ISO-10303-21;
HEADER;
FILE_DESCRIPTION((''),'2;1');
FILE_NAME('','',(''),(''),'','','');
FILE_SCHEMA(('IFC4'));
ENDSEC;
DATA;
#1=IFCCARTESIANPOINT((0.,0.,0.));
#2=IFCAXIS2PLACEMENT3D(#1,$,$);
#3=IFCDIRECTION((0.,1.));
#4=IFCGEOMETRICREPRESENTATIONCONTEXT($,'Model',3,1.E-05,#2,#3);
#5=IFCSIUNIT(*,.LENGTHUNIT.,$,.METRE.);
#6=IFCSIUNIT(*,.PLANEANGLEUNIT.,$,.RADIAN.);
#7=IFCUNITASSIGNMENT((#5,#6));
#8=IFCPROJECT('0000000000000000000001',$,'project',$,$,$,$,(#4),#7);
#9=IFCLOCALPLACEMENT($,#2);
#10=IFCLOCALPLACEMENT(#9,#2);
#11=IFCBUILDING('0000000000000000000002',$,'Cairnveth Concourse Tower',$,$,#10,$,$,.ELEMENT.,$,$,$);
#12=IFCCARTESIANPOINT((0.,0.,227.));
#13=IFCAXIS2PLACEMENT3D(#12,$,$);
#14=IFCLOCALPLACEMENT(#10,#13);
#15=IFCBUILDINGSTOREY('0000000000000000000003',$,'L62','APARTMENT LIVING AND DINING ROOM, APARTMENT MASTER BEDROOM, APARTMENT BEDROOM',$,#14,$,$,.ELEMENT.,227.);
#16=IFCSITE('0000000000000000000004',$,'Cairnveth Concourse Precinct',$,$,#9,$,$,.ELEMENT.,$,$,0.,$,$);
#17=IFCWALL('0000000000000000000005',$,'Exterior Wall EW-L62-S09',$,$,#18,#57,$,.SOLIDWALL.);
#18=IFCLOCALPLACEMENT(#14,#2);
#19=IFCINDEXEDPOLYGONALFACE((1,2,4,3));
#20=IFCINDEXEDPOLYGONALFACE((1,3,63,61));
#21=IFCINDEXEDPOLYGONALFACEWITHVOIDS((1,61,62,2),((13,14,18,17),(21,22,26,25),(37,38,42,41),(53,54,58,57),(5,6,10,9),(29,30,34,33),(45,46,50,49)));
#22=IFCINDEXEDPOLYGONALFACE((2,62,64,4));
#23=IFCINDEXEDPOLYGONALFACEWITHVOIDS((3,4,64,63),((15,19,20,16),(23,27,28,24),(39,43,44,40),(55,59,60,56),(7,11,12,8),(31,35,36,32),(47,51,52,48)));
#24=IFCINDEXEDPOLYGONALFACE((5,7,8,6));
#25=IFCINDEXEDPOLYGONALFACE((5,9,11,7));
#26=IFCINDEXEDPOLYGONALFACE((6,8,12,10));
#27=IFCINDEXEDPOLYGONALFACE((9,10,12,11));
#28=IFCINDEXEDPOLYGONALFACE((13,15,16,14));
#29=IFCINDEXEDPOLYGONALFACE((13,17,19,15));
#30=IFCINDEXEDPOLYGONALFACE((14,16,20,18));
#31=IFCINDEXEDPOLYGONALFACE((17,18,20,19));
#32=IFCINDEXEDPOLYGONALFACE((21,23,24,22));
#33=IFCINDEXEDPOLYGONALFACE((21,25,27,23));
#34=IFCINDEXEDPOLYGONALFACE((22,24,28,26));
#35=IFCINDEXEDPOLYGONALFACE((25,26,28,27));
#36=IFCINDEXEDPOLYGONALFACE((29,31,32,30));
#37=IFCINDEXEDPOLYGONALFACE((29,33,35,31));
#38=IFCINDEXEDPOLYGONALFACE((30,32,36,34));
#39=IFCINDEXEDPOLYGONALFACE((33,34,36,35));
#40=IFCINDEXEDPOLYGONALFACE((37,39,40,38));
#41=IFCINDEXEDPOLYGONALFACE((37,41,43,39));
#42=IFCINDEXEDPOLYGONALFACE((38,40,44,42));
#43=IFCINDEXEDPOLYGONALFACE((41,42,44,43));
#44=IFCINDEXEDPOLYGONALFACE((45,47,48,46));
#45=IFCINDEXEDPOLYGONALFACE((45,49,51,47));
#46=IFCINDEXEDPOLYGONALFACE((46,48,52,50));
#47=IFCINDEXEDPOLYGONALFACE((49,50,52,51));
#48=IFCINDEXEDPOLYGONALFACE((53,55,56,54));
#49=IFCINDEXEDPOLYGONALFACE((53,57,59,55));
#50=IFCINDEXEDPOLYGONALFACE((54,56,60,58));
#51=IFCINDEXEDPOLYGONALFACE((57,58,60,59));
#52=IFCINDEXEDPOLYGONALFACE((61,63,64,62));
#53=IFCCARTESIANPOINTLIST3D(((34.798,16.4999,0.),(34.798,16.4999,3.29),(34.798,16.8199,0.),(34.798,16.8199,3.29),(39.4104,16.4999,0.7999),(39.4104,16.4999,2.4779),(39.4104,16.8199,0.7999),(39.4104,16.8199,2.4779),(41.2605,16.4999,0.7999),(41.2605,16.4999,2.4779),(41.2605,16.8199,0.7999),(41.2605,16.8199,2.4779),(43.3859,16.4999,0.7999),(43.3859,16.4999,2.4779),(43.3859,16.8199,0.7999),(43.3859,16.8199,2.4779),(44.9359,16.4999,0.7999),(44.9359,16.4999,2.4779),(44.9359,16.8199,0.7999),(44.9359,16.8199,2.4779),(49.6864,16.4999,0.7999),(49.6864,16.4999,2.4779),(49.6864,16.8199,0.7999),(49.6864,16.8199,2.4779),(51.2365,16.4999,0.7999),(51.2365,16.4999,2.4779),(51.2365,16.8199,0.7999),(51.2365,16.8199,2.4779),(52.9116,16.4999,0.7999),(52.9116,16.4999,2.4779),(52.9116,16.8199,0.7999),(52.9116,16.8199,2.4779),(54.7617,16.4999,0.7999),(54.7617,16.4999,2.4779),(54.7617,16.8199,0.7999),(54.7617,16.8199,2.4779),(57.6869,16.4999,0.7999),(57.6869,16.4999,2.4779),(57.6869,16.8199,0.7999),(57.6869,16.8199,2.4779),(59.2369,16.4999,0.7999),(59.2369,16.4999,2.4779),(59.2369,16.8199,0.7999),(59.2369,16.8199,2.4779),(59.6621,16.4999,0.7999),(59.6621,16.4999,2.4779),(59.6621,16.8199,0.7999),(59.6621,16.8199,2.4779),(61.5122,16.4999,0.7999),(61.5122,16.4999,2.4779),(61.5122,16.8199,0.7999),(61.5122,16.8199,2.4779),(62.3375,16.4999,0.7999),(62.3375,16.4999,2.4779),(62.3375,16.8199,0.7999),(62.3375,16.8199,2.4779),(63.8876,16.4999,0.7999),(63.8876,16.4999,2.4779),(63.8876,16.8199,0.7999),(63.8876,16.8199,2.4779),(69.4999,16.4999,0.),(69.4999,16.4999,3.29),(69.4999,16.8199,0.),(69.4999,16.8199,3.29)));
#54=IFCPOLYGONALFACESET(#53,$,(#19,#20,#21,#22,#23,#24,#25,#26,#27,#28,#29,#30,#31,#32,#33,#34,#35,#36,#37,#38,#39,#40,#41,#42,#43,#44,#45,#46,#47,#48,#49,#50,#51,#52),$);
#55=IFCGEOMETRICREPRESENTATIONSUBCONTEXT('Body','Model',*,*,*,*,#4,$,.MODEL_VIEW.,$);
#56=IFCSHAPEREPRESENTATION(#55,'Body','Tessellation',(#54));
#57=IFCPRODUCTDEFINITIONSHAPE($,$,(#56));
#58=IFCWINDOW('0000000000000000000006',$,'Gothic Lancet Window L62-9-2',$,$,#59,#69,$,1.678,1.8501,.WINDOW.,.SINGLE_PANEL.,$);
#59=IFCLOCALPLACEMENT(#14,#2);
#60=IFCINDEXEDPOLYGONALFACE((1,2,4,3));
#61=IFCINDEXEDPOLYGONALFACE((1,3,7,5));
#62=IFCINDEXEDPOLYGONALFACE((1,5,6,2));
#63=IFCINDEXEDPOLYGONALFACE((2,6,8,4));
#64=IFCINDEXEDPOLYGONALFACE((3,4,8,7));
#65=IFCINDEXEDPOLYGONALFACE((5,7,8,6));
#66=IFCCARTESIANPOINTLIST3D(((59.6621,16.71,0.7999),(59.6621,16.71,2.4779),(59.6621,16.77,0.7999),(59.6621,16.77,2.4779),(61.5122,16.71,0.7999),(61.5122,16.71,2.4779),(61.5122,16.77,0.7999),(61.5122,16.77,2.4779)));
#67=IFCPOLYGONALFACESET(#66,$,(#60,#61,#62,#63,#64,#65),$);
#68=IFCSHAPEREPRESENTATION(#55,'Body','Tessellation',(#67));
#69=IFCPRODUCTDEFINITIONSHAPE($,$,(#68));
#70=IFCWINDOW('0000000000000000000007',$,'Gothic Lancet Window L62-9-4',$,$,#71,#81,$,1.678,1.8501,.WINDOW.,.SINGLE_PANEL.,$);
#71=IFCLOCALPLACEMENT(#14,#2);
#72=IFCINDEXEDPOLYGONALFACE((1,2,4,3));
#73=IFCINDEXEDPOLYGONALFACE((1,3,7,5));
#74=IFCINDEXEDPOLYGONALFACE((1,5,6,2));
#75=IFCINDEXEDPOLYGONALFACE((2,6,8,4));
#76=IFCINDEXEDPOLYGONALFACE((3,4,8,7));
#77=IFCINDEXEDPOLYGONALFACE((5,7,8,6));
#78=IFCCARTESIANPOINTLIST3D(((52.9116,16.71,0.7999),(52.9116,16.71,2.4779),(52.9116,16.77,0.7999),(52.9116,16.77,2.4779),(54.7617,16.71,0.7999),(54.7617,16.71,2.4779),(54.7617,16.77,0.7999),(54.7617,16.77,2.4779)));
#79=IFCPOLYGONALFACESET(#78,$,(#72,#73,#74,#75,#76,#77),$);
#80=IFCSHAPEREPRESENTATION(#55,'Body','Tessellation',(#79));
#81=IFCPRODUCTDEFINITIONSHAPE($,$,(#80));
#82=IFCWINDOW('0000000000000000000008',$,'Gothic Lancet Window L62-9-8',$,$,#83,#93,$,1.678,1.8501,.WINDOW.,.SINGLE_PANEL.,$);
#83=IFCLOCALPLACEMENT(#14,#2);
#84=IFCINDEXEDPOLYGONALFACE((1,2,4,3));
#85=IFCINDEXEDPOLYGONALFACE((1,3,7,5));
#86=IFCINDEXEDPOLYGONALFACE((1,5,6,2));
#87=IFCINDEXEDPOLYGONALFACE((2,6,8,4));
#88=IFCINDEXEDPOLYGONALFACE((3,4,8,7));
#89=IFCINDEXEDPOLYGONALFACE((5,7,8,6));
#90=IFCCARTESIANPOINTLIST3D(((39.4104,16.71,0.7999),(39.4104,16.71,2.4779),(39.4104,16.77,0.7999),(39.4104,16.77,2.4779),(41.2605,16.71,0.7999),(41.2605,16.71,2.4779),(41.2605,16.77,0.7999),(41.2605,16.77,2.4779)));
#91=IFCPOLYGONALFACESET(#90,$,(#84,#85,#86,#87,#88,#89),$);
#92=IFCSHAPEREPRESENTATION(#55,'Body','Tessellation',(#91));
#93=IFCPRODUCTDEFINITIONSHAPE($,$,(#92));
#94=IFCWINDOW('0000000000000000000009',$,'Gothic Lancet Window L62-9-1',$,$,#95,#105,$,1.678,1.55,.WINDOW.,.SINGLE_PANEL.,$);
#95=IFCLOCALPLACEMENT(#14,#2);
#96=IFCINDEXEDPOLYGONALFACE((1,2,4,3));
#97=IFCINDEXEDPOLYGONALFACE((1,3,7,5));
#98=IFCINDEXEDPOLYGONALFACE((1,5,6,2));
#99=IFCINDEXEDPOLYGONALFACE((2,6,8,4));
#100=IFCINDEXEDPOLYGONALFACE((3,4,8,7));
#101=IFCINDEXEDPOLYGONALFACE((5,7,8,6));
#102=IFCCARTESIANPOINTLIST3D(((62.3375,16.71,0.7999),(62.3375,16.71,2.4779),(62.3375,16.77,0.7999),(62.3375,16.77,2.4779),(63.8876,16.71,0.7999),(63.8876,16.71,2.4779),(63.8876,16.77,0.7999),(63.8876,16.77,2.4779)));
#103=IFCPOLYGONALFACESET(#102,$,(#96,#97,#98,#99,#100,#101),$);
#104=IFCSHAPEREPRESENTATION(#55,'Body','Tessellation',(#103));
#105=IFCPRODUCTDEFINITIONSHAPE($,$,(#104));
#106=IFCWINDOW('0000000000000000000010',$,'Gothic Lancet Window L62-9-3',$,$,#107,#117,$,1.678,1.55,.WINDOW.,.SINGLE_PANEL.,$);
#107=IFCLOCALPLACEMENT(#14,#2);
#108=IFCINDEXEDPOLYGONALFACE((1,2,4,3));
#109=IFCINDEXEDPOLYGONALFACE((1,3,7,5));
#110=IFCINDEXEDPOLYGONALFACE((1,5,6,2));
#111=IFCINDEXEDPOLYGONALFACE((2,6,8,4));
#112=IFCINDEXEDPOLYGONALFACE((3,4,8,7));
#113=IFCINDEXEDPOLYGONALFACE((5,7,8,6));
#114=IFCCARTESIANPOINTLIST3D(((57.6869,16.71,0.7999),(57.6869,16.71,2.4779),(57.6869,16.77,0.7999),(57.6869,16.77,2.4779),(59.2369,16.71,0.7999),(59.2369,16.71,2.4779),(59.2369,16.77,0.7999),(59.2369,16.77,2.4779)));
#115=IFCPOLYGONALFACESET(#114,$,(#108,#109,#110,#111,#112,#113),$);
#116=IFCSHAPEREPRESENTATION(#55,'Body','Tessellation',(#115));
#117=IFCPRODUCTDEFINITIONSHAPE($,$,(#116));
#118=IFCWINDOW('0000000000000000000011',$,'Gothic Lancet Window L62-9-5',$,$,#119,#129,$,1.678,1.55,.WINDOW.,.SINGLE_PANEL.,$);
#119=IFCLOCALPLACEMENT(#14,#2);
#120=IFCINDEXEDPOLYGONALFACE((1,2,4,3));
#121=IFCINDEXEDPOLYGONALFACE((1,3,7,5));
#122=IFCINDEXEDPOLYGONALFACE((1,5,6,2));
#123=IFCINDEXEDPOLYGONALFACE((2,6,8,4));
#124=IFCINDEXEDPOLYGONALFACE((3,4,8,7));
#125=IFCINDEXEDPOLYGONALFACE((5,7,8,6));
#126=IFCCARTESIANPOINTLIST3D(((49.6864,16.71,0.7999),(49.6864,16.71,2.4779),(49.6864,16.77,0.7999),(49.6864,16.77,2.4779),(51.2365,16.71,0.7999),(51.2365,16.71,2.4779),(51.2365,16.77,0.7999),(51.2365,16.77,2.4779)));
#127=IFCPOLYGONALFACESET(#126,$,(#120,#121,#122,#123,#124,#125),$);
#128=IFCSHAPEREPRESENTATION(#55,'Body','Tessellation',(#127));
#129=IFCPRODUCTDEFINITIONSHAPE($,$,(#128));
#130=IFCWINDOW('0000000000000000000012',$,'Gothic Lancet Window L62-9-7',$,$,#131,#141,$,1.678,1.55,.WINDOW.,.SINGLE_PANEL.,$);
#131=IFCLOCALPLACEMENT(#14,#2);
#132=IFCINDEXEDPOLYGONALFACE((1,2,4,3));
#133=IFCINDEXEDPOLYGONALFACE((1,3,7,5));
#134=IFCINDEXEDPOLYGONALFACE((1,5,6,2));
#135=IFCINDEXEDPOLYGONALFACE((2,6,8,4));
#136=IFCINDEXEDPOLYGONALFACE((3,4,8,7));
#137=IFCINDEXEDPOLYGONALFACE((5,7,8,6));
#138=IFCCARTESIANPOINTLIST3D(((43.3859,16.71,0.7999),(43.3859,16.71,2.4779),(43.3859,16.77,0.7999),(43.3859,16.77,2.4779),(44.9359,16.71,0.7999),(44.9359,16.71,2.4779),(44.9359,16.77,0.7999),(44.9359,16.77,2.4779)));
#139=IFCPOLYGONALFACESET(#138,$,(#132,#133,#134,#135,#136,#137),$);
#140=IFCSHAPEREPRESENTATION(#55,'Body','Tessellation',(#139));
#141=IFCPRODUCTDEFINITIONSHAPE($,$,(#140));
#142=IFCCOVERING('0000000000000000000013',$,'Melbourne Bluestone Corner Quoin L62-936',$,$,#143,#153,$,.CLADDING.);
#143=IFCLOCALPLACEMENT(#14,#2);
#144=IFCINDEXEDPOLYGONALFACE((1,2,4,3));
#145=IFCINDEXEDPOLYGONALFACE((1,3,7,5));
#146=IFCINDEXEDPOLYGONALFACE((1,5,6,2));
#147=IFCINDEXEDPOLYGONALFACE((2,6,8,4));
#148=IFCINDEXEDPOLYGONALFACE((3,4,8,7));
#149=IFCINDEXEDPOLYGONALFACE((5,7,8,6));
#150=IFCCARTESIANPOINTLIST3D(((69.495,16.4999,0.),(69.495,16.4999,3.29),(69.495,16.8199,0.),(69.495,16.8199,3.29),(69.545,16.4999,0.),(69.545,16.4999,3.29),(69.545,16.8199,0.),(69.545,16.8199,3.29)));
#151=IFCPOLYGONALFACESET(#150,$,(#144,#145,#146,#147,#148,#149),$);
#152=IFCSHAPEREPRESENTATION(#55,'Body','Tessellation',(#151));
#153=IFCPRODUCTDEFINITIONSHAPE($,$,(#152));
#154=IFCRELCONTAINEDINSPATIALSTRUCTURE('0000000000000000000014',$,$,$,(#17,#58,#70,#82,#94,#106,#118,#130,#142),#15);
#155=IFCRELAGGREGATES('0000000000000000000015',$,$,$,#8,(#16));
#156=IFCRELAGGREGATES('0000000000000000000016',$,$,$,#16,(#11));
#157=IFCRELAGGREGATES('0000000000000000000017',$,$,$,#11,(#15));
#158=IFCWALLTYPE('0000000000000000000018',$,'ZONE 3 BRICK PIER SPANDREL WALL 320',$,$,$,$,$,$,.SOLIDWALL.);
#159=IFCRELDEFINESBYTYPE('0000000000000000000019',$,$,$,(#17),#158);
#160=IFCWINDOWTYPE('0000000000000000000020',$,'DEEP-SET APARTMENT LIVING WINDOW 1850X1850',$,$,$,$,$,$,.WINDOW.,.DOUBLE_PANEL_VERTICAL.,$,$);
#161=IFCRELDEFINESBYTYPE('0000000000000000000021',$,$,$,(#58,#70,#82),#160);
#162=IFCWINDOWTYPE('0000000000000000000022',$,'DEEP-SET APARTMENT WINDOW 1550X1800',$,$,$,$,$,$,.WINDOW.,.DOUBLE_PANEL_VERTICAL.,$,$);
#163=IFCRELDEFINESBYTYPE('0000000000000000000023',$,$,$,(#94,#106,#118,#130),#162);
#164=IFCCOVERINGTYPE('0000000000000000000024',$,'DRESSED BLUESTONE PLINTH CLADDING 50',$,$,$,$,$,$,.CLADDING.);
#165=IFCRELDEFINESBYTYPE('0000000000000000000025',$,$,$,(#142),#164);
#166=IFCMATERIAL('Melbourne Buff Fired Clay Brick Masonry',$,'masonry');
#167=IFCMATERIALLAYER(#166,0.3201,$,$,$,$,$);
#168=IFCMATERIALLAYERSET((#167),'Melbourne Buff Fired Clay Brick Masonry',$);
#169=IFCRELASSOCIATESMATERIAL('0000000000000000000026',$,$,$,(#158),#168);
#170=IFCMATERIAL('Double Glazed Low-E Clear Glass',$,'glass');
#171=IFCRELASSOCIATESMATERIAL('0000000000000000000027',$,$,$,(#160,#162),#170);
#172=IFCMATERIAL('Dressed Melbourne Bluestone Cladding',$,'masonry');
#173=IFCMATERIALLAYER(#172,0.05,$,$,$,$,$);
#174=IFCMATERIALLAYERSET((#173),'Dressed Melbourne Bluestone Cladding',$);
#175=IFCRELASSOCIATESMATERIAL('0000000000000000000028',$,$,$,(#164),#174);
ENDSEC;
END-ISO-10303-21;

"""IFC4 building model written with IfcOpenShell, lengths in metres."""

from ifc_helpers import new_model, si_unit, direction, frame, frame_2d, origin, place, context, subcontext, project, spatial, rectangle, extrude, material, layer, layer_set, type_object, element, fill, save


model = new_model("IFC4")

# Units and contexts
model_context = context("Model", 3, precision=1e-05, world=origin(), true_north=direction((0.0, 1.0)))
body_context = subcontext(model_context, "Body", "Model", "MODEL_VIEW")
ifc_project = project(units=[si_unit("LENGTHUNIT", "METRE"), si_unit("PLANEANGLEUNIT", "RADIAN")], contexts=[model_context])

# Site, building, storey
site_placement = place(None, origin())
site = spatial("IfcSite", under=ifc_project, at=site_placement, Name="Cairnveth Concourse Precinct", CompositionType="ELEMENT", RefElevation=0.0)
building_placement = place(site_placement, origin())
building = spatial("IfcBuilding", under=site, at=building_placement, Name="Cairnveth Concourse Tower", CompositionType="ELEMENT")
storey_placement = place(building_placement, frame((0.0, 0.0, 227.0)))
storey = spatial("IfcBuildingStorey", under=building, at=storey_placement, Name="L62", Description="APARTMENT LIVING AND DINING ROOM, APARTMENT MASTER BEDROOM, APARTMENT BEDROOM", CompositionType="ELEMENT", Elevation=227.0)

# Shared definitions
ifc_material_1 = material(Name="Melbourne Buff Fired Clay Brick Masonry", Category="masonry")
ifc_layer_1 = layer(ifc_material_1, 0.3201)
ifc_layer_set_1 = layer_set([ifc_layer_1], Name="Melbourne Buff Fired Clay Brick Masonry")
wall_type_1 = type_object("IfcWallType", Name="ZONE 3 BRICK PIER SPANDREL WALL 320", PredefinedType="SOLIDWALL", material=ifc_layer_set_1)

# Wall, openings, windows
wall_1_placement = place(storey_placement, frame((69.5, 16.6599, 0.0), z_axis=(0.0, 0.0, 1.0), x_axis=(-1.0, 0.0, 0.0)))
wall_1 = element("IfcWall", 1, at=wall_1_placement, inside=storey, type_object=wall_type_1, Name="Exterior Wall EW-L62-S09", PredefinedType="SOLIDWALL", context=body_context, shape_type="SweptSolid", body=[
    extrude(rectangle(XDim=34.7019, YDim=0.3201, at=frame_2d((17.3511, 0.0))), origin(), (0.0, 0.0, 1.0), 3.29),
])
opening_1_placement = place(wall_1_placement, frame((5.6125, 0.0, 0.8)))
opening_1 = element("IfcOpeningElement", 2, at=opening_1_placement, cuts=wall_1, PredefinedType="OPENING", context=body_context, shape_type="SweptSolid", body=[
    extrude(rectangle(XDim=1.55, YDim=1.678, at=frame_2d((0.7749, 0.8389))), frame((0.0, 0.1699, 0.0), z_axis=(0.0, -1.0, 0.0), x_axis=(1.0, 0.0, 0.0)), (0.0, 0.0, 1.0), 0.3401),
])
opening_2_placement = place(wall_1_placement, frame((7.9878, 0.0, 0.8)))
opening_2 = element("IfcOpeningElement", 3, at=opening_2_placement, cuts=wall_1, PredefinedType="OPENING", context=body_context, shape_type="SweptSolid", body=[
    extrude(rectangle(XDim=1.8501, YDim=1.678, at=frame_2d((0.925, 0.8389))), frame((0.0, 0.1699, 0.0), z_axis=(0.0, -1.0, 0.0), x_axis=(1.0, 0.0, 0.0)), (0.0, 0.0, 1.0), 0.3401),
])
opening_3_placement = place(wall_1_placement, frame((10.2632, 0.0, 0.8)))
opening_3 = element("IfcOpeningElement", 4, at=opening_3_placement, cuts=wall_1, PredefinedType="OPENING", context=body_context, shape_type="SweptSolid", body=[
    extrude(rectangle(XDim=1.55, YDim=1.678, at=frame_2d((0.7749, 0.8389))), frame((0.0, 0.1699, 0.0), z_axis=(0.0, -1.0, 0.0), x_axis=(1.0, 0.0, 0.0)), (0.0, 0.0, 1.0), 0.3401),
])
opening_4_placement = place(wall_1_placement, frame((14.7383, 0.0, 0.8)))
opening_4 = element("IfcOpeningElement", 5, at=opening_4_placement, cuts=wall_1, PredefinedType="OPENING", context=body_context, shape_type="SweptSolid", body=[
    extrude(rectangle(XDim=1.8501, YDim=1.678, at=frame_2d((0.925, 0.8389))), frame((0.0, 0.1699, 0.0), z_axis=(0.0, -1.0, 0.0), x_axis=(1.0, 0.0, 0.0)), (0.0, 0.0, 1.0), 0.3401),
])
opening_5_placement = place(wall_1_placement, frame((18.2637, 0.0, 0.8)))
opening_5 = element("IfcOpeningElement", 6, at=opening_5_placement, cuts=wall_1, PredefinedType="OPENING", context=body_context, shape_type="SweptSolid", body=[
    extrude(rectangle(XDim=1.55, YDim=1.678, at=frame_2d((0.7749, 0.8389))), frame((0.0, 0.1699, 0.0), z_axis=(0.0, -1.0, 0.0), x_axis=(1.0, 0.0, 0.0)), (0.0, 0.0, 1.0), 0.3401),
])
opening_6_placement = place(wall_1_placement, frame((24.5642, 0.0, 0.8)))
opening_6 = element("IfcOpeningElement", 7, at=opening_6_placement, cuts=wall_1, PredefinedType="OPENING", context=body_context, shape_type="SweptSolid", body=[
    extrude(rectangle(XDim=1.55, YDim=1.678, at=frame_2d((0.7749, 0.8389))), frame((0.0, 0.1699, 0.0), z_axis=(0.0, -1.0, 0.0), x_axis=(1.0, 0.0, 0.0)), (0.0, 0.0, 1.0), 0.3401),
])
opening_7_placement = place(wall_1_placement, frame((28.2395, 0.0, 0.8)))
opening_7 = element("IfcOpeningElement", 8, at=opening_7_placement, cuts=wall_1, PredefinedType="OPENING", context=body_context, shape_type="SweptSolid", body=[
    extrude(rectangle(XDim=1.8501, YDim=1.678, at=frame_2d((0.925, 0.8389))), frame((0.0, 0.1699, 0.0), z_axis=(0.0, -1.0, 0.0), x_axis=(1.0, 0.0, 0.0)), (0.0, 0.0, 1.0), 0.3401),
])
ifc_material_2 = material(Name="Double Glazed Low-E Clear Glass", Category="glass")
window_type_1 = type_object("IfcWindowType", Name="DEEP-SET APARTMENT LIVING WINDOW 1850X1850", PartitioningType="DOUBLE_PANEL_VERTICAL", PredefinedType="WINDOW", material=ifc_material_2)
window_1_placement = place(opening_2_placement, origin())
window_1 = element("IfcWindow", 9, at=window_1_placement, inside=storey, type_object=window_type_1, Name="Gothic Lancet Window L62-9-2", OverallHeight=1.678, OverallWidth=1.8501, PartitioningType="SINGLE_PANEL", PredefinedType="WINDOW", context=body_context, shape_type="SweptSolid", body=[
    extrude(rectangle(XDim=1.8501, YDim=1.678, at=frame_2d((0.925, 0.8389))), frame((0.0, -0.05, 0.0), z_axis=(0.0, -1.0, 0.0), x_axis=(1.0, 0.0, 0.0)), (0.0, 0.0, 1.0), 0.0601),
])
fill(opening_2, window_1)
window_2_placement = place(opening_4_placement, origin())
window_2 = element("IfcWindow", 10, at=window_2_placement, inside=storey, type_object=window_type_1, Name="Gothic Lancet Window L62-9-4", OverallHeight=1.678, OverallWidth=1.8501, PartitioningType="SINGLE_PANEL", PredefinedType="WINDOW", context=body_context, shape_type="SweptSolid", body=[
    extrude(rectangle(XDim=1.8501, YDim=1.678, at=frame_2d((0.925, 0.8389))), frame((0.0, -0.05, 0.0), z_axis=(0.0, -1.0, 0.0), x_axis=(1.0, 0.0, 0.0)), (0.0, 0.0, 1.0), 0.0601),
])
fill(opening_4, window_2)
window_3_placement = place(opening_7_placement, origin())
window_3 = element("IfcWindow", 11, at=window_3_placement, inside=storey, type_object=window_type_1, Name="Gothic Lancet Window L62-9-8", OverallHeight=1.678, OverallWidth=1.8501, PartitioningType="SINGLE_PANEL", PredefinedType="WINDOW", context=body_context, shape_type="SweptSolid", body=[
    extrude(rectangle(XDim=1.8501, YDim=1.678, at=frame_2d((0.925, 0.8389))), frame((0.0, -0.05, 0.0), z_axis=(0.0, -1.0, 0.0), x_axis=(1.0, 0.0, 0.0)), (0.0, 0.0, 1.0), 0.0601),
])
fill(opening_7, window_3)
window_type_2 = type_object("IfcWindowType", Name="DEEP-SET APARTMENT WINDOW 1550X1800", PartitioningType="DOUBLE_PANEL_VERTICAL", PredefinedType="WINDOW", material=ifc_material_2)
window_4_placement = place(opening_1_placement, origin())
window_4 = element("IfcWindow", 12, at=window_4_placement, inside=storey, type_object=window_type_2, Name="Gothic Lancet Window L62-9-1", OverallHeight=1.678, OverallWidth=1.55, PartitioningType="SINGLE_PANEL", PredefinedType="WINDOW", context=body_context, shape_type="SweptSolid", body=[
    extrude(rectangle(XDim=1.55, YDim=1.678, at=frame_2d((0.7749, 0.8389))), frame((0.0, -0.05, 0.0), z_axis=(0.0, -1.0, 0.0), x_axis=(1.0, 0.0, 0.0)), (0.0, 0.0, 1.0), 0.0601),
])
fill(opening_1, window_4)
window_5_placement = place(opening_3_placement, origin())
window_5 = element("IfcWindow", 13, at=window_5_placement, inside=storey, type_object=window_type_2, Name="Gothic Lancet Window L62-9-3", OverallHeight=1.678, OverallWidth=1.55, PartitioningType="SINGLE_PANEL", PredefinedType="WINDOW", context=body_context, shape_type="SweptSolid", body=[
    extrude(rectangle(XDim=1.55, YDim=1.678, at=frame_2d((0.7749, 0.8389))), frame((0.0, -0.05, 0.0), z_axis=(0.0, -1.0, 0.0), x_axis=(1.0, 0.0, 0.0)), (0.0, 0.0, 1.0), 0.0601),
])
fill(opening_3, window_5)
window_6_placement = place(opening_5_placement, origin())
window_6 = element("IfcWindow", 14, at=window_6_placement, inside=storey, type_object=window_type_2, Name="Gothic Lancet Window L62-9-5", OverallHeight=1.678, OverallWidth=1.55, PartitioningType="SINGLE_PANEL", PredefinedType="WINDOW", context=body_context, shape_type="SweptSolid", body=[
    extrude(rectangle(XDim=1.55, YDim=1.678, at=frame_2d((0.7749, 0.8389))), frame((0.0, -0.05, 0.0), z_axis=(0.0, -1.0, 0.0), x_axis=(1.0, 0.0, 0.0)), (0.0, 0.0, 1.0), 0.0601),
])
fill(opening_5, window_6)
window_7_placement = place(opening_6_placement, origin())
window_7 = element("IfcWindow", 15, at=window_7_placement, inside=storey, type_object=window_type_2, Name="Gothic Lancet Window L62-9-7", OverallHeight=1.678, OverallWidth=1.55, PartitioningType="SINGLE_PANEL", PredefinedType="WINDOW", context=body_context, shape_type="SweptSolid", body=[
    extrude(rectangle(XDim=1.55, YDim=1.678, at=frame_2d((0.7749, 0.8389))), frame((0.0, -0.05, 0.0), z_axis=(0.0, -1.0, 0.0), x_axis=(1.0, 0.0, 0.0)), (0.0, 0.0, 1.0), 0.0601),
])
fill(opening_6, window_7)

# Covering
ifc_material_3 = material(Name="Dressed Melbourne Bluestone Cladding", Category="masonry")
ifc_layer_2 = layer(ifc_material_3, 0.05)
ifc_layer_set_2 = layer_set([ifc_layer_2], Name="Dressed Melbourne Bluestone Cladding")
covering_type = type_object("IfcCoveringType", Name="DRESSED BLUESTONE PLINTH CLADDING 50", PredefinedType="CLADDING", material=ifc_layer_set_2)
covering_placement = place(storey_placement, frame((69.52, 16.8201, 0.0), z_axis=(0.0, 0.0, 1.0), x_axis=(0.0, -1.0, 0.0)))
element("IfcCovering", 16, at=covering_placement, inside=storey, type_object=covering_type, Name="Melbourne Bluestone Corner Quoin L62-936", PredefinedType="CLADDING", context=body_context, shape_type="SweptSolid", body=[
    extrude(rectangle(XDim=0.3201, YDim=0.05, at=frame_2d((0.1602, 0.0))), origin(), (0.0, 0.0, 1.0), 3.29),
])

save(model, "model.ifc")
